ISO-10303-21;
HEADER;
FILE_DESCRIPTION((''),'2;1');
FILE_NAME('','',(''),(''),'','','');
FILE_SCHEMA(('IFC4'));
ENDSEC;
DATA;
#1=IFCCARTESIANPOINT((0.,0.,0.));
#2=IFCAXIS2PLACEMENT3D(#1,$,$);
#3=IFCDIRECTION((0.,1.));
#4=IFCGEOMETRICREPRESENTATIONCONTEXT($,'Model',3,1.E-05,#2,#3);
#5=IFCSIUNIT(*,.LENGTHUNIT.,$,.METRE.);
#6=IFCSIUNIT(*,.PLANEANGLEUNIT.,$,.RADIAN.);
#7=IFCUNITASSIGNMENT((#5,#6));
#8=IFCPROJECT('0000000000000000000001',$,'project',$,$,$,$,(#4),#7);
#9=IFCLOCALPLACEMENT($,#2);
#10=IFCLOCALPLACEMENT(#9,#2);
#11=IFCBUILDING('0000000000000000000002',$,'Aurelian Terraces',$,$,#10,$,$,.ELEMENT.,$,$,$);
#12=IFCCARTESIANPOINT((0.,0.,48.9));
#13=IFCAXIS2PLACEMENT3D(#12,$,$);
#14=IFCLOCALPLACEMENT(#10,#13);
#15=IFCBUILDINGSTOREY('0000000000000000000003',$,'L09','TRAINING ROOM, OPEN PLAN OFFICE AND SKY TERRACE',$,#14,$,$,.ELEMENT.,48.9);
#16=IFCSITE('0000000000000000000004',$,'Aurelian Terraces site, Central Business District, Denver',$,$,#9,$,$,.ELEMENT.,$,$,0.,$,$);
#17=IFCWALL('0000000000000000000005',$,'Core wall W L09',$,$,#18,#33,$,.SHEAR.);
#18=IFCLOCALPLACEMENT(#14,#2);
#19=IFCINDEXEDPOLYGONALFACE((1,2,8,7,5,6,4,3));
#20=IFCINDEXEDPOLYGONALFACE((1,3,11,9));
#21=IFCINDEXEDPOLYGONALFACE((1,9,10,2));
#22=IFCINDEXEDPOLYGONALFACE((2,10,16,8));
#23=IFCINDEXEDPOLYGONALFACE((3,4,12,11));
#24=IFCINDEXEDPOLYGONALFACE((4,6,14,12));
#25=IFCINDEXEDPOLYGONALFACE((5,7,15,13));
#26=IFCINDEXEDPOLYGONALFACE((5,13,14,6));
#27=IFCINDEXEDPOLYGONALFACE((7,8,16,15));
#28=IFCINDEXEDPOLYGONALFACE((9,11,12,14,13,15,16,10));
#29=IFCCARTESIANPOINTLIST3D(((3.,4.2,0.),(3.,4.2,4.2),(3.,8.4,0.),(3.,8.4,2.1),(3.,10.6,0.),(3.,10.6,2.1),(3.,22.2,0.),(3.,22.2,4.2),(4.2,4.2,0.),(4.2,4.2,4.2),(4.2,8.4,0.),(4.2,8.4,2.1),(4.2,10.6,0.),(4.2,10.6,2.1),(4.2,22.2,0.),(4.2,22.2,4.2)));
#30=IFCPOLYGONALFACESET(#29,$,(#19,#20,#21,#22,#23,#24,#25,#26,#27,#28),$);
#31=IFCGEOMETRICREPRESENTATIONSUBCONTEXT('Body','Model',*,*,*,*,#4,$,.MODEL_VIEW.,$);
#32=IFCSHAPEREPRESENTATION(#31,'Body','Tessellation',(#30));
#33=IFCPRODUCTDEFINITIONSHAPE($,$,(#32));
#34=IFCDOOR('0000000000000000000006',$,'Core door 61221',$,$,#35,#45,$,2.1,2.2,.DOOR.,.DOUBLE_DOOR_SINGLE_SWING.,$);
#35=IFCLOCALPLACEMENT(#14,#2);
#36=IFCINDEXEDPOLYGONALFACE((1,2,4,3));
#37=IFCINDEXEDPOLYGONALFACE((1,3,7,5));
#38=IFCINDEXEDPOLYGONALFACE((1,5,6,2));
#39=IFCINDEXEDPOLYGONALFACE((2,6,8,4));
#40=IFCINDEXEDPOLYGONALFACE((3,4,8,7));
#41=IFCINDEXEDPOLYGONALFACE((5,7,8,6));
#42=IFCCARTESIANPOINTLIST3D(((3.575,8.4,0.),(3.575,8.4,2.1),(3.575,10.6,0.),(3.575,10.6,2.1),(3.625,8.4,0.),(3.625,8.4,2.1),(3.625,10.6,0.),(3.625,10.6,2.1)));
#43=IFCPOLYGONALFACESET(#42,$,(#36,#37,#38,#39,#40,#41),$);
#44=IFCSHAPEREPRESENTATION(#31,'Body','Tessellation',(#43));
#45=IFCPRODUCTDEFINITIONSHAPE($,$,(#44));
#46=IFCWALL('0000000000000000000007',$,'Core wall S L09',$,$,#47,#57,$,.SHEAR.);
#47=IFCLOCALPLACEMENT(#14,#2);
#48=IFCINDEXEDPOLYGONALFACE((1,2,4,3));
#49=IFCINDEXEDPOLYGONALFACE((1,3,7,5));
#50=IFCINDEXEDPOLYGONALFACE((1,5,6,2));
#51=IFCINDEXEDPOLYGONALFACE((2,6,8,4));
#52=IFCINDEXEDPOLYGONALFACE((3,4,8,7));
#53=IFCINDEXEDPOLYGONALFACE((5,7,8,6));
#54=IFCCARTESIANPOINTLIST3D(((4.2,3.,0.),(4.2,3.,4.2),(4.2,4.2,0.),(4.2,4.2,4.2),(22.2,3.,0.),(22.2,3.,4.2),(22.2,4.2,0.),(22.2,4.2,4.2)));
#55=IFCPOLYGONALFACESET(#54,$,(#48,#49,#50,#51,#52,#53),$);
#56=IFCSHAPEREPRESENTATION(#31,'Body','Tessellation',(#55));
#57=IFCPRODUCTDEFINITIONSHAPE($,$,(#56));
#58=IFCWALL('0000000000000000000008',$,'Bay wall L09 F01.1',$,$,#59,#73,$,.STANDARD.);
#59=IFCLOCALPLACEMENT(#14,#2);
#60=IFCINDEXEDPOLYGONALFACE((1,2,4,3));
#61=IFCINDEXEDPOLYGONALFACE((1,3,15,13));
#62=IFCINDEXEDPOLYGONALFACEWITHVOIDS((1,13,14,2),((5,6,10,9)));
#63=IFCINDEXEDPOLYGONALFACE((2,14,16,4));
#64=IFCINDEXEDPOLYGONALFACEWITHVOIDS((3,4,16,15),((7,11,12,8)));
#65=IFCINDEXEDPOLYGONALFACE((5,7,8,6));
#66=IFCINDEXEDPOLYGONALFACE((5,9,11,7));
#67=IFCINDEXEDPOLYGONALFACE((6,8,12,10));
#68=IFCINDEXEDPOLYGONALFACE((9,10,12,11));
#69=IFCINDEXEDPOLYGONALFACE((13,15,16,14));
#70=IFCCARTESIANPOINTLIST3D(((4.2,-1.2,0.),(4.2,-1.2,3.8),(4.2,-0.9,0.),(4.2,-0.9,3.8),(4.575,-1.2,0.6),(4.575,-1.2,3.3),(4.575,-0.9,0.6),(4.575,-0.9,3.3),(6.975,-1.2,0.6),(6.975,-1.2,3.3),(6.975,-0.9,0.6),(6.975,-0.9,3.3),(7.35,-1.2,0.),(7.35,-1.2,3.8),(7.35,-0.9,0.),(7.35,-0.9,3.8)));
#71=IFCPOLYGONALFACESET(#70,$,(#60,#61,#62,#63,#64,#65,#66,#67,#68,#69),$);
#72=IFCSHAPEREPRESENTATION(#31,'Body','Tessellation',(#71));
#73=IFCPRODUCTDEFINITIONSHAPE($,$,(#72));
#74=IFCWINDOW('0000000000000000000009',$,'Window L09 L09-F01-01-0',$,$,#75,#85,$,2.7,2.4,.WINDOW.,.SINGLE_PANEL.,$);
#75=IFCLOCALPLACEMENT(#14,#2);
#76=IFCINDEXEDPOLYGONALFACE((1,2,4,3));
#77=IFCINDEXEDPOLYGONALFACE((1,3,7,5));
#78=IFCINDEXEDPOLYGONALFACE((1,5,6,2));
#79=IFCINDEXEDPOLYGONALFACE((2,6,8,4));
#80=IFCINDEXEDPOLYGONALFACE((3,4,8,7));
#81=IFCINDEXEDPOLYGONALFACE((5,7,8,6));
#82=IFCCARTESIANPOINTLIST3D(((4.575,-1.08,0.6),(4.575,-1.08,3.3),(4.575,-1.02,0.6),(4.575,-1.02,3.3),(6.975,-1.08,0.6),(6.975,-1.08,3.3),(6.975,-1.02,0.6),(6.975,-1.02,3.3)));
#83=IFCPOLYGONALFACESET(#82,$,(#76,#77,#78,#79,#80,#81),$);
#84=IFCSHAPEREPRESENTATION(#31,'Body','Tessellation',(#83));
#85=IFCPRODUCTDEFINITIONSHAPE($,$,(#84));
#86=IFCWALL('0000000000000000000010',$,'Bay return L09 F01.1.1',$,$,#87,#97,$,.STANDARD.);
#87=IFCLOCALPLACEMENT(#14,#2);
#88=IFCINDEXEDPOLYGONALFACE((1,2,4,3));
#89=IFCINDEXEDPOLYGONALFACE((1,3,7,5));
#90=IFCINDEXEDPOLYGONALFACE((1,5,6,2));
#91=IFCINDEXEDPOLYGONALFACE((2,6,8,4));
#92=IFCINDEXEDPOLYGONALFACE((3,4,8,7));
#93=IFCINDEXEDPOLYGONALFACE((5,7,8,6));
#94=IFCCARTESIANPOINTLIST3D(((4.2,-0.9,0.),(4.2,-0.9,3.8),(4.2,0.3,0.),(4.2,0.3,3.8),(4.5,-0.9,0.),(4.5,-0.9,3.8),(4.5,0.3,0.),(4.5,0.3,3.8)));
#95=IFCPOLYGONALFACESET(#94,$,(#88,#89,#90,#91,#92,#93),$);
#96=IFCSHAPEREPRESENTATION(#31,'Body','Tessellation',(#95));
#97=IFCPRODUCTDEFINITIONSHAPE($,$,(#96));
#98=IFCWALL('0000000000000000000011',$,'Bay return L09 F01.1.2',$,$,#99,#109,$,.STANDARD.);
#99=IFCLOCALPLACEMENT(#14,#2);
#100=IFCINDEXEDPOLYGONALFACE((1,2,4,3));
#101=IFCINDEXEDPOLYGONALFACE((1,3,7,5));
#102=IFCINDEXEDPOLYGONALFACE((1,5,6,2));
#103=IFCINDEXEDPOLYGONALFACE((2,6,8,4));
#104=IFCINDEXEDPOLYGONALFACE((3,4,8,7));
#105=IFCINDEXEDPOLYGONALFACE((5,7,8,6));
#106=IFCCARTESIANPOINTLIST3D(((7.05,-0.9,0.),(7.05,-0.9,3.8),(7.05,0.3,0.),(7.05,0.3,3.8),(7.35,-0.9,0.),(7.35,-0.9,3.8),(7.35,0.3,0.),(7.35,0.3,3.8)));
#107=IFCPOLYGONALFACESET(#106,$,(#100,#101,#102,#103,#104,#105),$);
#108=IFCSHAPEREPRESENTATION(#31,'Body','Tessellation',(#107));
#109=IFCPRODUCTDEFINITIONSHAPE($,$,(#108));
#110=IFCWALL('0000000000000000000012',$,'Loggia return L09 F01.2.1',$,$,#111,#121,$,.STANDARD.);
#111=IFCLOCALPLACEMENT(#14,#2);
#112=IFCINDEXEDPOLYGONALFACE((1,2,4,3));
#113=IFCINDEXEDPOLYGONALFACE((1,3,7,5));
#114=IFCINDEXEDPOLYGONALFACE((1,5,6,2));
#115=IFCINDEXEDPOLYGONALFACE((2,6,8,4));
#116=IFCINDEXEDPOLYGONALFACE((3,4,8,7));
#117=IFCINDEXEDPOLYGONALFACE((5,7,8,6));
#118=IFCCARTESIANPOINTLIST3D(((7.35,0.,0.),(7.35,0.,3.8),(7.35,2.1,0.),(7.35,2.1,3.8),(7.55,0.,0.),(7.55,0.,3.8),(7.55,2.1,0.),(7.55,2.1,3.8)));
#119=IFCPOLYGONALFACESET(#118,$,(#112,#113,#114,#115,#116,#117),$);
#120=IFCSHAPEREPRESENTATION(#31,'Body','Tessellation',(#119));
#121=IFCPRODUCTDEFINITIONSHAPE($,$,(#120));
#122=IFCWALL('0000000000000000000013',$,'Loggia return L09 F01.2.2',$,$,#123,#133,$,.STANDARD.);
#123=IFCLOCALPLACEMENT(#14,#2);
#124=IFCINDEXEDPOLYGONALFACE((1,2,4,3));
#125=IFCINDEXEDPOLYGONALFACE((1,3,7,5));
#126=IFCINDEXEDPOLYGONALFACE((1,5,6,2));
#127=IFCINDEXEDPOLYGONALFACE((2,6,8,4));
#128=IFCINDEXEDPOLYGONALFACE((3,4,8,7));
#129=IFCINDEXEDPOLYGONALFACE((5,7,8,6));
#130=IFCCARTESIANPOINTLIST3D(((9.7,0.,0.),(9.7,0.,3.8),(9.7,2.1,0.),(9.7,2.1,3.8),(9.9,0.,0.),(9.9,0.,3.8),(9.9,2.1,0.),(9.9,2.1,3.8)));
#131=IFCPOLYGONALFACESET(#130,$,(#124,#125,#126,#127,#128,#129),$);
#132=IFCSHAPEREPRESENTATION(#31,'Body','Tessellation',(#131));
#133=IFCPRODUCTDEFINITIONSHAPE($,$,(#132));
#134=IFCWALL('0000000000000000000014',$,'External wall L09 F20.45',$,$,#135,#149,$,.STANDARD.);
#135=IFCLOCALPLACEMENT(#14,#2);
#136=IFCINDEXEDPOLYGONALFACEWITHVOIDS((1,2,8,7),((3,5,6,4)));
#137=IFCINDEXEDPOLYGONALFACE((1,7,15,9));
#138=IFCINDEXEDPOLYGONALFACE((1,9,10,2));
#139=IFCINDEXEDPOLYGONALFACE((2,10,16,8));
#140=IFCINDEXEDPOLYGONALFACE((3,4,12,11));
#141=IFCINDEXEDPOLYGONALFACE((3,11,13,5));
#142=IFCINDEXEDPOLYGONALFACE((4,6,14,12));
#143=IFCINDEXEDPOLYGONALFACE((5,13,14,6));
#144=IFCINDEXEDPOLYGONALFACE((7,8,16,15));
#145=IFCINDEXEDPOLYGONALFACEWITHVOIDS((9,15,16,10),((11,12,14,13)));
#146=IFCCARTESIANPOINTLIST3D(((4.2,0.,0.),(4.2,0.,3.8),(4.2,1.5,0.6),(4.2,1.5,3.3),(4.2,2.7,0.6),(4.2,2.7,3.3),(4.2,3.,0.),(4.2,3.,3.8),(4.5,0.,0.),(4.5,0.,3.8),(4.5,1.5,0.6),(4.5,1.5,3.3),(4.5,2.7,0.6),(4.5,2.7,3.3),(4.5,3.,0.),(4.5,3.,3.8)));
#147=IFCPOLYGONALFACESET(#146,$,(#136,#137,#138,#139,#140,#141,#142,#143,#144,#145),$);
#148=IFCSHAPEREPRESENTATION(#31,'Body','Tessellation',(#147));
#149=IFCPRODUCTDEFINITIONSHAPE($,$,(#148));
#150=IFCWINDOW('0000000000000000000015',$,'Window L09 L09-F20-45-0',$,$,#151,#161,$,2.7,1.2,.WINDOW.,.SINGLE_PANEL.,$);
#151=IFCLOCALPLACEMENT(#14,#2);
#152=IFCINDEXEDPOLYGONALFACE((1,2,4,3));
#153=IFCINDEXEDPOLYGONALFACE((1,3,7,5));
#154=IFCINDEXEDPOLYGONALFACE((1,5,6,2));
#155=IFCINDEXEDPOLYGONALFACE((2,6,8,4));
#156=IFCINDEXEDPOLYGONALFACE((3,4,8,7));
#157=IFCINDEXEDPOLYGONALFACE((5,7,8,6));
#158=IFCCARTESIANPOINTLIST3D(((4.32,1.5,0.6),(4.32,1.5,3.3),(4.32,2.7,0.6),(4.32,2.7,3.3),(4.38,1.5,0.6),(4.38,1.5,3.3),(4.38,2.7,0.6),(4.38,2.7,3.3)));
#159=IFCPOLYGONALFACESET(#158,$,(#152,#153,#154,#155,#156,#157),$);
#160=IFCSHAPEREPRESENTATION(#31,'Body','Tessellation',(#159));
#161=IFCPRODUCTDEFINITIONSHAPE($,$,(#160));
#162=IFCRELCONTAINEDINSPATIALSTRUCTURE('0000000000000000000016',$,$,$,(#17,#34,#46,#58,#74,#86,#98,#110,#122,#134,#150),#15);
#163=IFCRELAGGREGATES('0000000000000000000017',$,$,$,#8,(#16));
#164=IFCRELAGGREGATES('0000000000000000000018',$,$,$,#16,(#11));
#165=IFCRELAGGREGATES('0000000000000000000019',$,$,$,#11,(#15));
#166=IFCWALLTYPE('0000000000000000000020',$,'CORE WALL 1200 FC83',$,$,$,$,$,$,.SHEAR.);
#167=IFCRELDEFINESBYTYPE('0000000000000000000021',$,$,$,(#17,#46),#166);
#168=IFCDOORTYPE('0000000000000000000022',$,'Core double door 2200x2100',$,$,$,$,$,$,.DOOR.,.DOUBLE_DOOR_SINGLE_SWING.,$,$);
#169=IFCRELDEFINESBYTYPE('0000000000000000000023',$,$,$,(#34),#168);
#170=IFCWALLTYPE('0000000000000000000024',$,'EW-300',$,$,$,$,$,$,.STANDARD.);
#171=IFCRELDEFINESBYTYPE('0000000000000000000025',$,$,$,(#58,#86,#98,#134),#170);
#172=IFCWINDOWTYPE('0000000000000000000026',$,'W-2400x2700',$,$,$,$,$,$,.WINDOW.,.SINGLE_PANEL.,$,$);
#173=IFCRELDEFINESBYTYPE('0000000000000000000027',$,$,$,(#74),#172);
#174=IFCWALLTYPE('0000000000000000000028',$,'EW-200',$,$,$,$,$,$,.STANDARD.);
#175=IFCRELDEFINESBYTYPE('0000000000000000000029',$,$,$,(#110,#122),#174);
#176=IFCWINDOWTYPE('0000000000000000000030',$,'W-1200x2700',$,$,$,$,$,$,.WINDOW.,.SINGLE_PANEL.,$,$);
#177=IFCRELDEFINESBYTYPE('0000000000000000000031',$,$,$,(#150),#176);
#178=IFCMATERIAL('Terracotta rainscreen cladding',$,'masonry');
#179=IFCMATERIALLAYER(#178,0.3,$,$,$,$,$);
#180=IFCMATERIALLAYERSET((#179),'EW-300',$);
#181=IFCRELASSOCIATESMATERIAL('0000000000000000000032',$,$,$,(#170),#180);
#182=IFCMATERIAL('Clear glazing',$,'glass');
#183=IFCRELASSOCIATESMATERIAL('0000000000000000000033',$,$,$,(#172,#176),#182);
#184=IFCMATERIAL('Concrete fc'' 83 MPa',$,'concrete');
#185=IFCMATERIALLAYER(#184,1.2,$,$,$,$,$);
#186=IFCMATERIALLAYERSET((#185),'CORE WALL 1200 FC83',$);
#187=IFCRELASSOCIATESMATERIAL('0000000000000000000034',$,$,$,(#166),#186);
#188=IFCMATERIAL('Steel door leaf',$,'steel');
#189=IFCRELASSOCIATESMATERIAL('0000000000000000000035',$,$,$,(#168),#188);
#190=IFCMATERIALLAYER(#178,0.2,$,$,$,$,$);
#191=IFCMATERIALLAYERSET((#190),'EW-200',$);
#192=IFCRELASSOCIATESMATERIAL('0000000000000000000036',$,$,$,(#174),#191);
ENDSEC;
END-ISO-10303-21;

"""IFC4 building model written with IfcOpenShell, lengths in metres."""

from ifc_helpers import new_model, si_unit, direction, frame, frame_2d, origin, place, context, subcontext, project, spatial, rectangle, extrude, source, transform, mapped, material, layer, layer_set, type_object, element, fill, save


model = new_model("IFC4")

# Units and contexts
model_context = context("Model", 3, precision=1e-05, world=origin(), true_north=direction((0.0, 1.0)))
body_context = subcontext(model_context, "Body", "Model", "MODEL_VIEW")
ifc_project = project(units=[si_unit("LENGTHUNIT", "METRE"), si_unit("PLANEANGLEUNIT", "RADIAN")], contexts=[model_context])

# Site, building, storey
site_placement = place(None, origin())
site = spatial("IfcSite", under=ifc_project, at=site_placement, Name="Aurelian Terraces site, Central Business District, Denver", CompositionType="ELEMENT", RefElevation=0.0)
building_placement = place(site_placement, origin())
building = spatial("IfcBuilding", under=site, at=building_placement, Name="Aurelian Terraces", CompositionType="ELEMENT")
storey_placement = place(building_placement, frame((0.0, 0.0, 48.9)))
storey = spatial("IfcBuildingStorey", under=building, at=storey_placement, Name="L09", Description="TRAINING ROOM, OPEN PLAN OFFICE AND SKY TERRACE", CompositionType="ELEMENT", Elevation=48.9)

# Shared definitions
ifc_material_1 = material(Name="Concrete fc' 83 MPa", Category="concrete")

# Shared definitions
ifc_material_2 = material(Name="Terracotta rainscreen cladding", Category="masonry")
ifc_layer_1 = layer(ifc_material_2, 0.3)
ifc_layer_set_1 = layer_set([ifc_layer_1], Name="EW-300")
wall_type_1 = type_object("IfcWallType", Name="EW-300", PredefinedType="STANDARD", material=ifc_layer_set_1)
shared_shape_1 = source(origin(), body_context, "Body", "SweptSolid", [
    extrude(rectangle(XDim=2.4, YDim=2.7, at=frame_2d((1.2, 1.35))), frame((0.0, 0.16, 0.0), z_axis=(0.0, -1.0, 0.0), x_axis=(1.0, 0.0, 0.0)), (0.0, 0.0, 1.0), 0.32),
])
ifc_material_3 = material(Name="Clear glazing", Category="glass")
window_type_1 = type_object("IfcWindowType", Name="W-2400x2700", PartitioningType="SINGLE_PANEL", PredefinedType="WINDOW", material=ifc_material_3)
shared_shape_2 = source(origin(), body_context, "Body", "SweptSolid", [
    extrude(rectangle(XDim=2.4, YDim=2.7, at=frame_2d((1.2, 1.35))), frame((0.0, 0.03, 0.0), z_axis=(0.0, -1.0, 0.0), x_axis=(1.0, 0.0, 0.0)), (0.0, 0.0, 1.0), 0.06),
])

# Wall, opening, door
ifc_layer_2 = layer(ifc_material_1, 1.2)
ifc_layer_set_2 = layer_set([ifc_layer_2], Name="CORE WALL 1200 FC83")
wall_type_2 = type_object("IfcWallType", Name="CORE WALL 1200 FC83", PredefinedType="SHEAR", material=ifc_layer_set_2)
shared_shape_3 = source(origin(), body_context, "Body", "SweptSolid", [
    extrude(rectangle(XDim=18.0, YDim=1.2, at=frame_2d((9.0, 0.0))), origin(), (0.0, 0.0, 1.0), 4.2),
])
wall_1_placement = place(storey_placement, frame((3.6, 4.2, 0.0), z_axis=(0.0, 0.0, 1.0), x_axis=(0.0, 1.0, 0.0)))
wall_1 = element("IfcWall", 1, at=wall_1_placement, inside=storey, type_object=wall_type_2, Name="Core wall W L09", PredefinedType="SHEAR", context=body_context, shape_type="MappedRepresentation", body=[
    mapped(shared_shape_3, transform((0.0, 0.0, 0.0), scale=1.0)),
])
shared_shape_4 = source(origin(), body_context, "Body", "SweptSolid", [
    extrude(rectangle(XDim=2.2, YDim=2.1, at=frame_2d((1.1, 1.05))), frame((0.0, 0.61, 0.0), z_axis=(0.0, -1.0, 0.0), x_axis=(1.0, 0.0, 0.0)), (0.0, 0.0, 1.0), 1.22),
])
opening_1_placement = place(wall_1_placement, frame((4.2, 0.0, 0.0)))
opening_1 = element("IfcOpeningElement", 2, at=opening_1_placement, cuts=wall_1, PredefinedType="OPENING", context=body_context, shape_type="MappedRepresentation", body=[
    mapped(shared_shape_4, transform((0.0, 0.0, 0.0), scale=1.0)),
])
ifc_material_4 = material(Name="Steel door leaf", Category="steel")
door_type_1 = type_object("IfcDoorType", Name="Core double door 2200x2100", OperationType="DOUBLE_DOOR_SINGLE_SWING", PredefinedType="DOOR", material=ifc_material_4)
shared_shape_5 = source(origin(), body_context, "Body", "SweptSolid", [
    extrude(rectangle(XDim=2.2, YDim=2.1, at=frame_2d((1.1, 1.05))), frame((0.0, 0.025, 0.0), z_axis=(0.0, -1.0, 0.0), x_axis=(1.0, 0.0, 0.0)), (0.0, 0.0, 1.0), 0.05),
])
door_1_placement = place(opening_1_placement, origin())
door_1 = element("IfcDoor", 3, at=door_1_placement, inside=storey, type_object=door_type_1, Name="Core door 61221", OperationType="DOUBLE_DOOR_SINGLE_SWING", OverallHeight=2.1, OverallWidth=2.2, PredefinedType="DOOR", context=body_context, shape_type="MappedRepresentation", body=[
    mapped(shared_shape_5, transform((0.0, 0.0, 0.0), scale=1.0)),
])
fill(opening_1, door_1)

# Wall
wall_2_placement = place(storey_placement, frame((4.2, 3.6, 0.0), z_axis=(0.0, 0.0, 1.0), x_axis=(1.0, 0.0, 0.0)))
element("IfcWall", 4, at=wall_2_placement, inside=storey, type_object=wall_type_2, Name="Core wall S L09", PredefinedType="SHEAR", context=body_context, shape_type="MappedRepresentation", body=[
    mapped(shared_shape_3, transform((0.0, 0.0, 0.0), scale=1.0)),
])

# Wall, opening, window
shared_shape_6 = source(origin(), body_context, "Body", "SweptSolid", [
    extrude(rectangle(XDim=3.15, YDim=0.3, at=frame_2d((1.575, 0.0))), origin(), (0.0, 0.0, 1.0), 3.8),
])
wall_3_placement = place(storey_placement, frame((4.2, -1.05, 0.0), z_axis=(0.0, 0.0, 1.0), x_axis=(1.0, 0.0, 0.0)))
wall_3 = element("IfcWall", 5, at=wall_3_placement, inside=storey, type_object=wall_type_1, Name="Bay wall L09 F01.1", PredefinedType="STANDARD", context=body_context, shape_type="MappedRepresentation", body=[
    mapped(shared_shape_6, transform((0.0, 0.0, 0.0), scale=1.0)),
])
opening_2_placement = place(wall_3_placement, frame((0.375, 0.0, 0.6)))
opening_2 = element("IfcOpeningElement", 6, at=opening_2_placement, cuts=wall_3, PredefinedType="OPENING", context=body_context, shape_type="MappedRepresentation", body=[
    mapped(shared_shape_1, transform((0.0, 0.0, 0.0), scale=1.0)),
])
window_1_placement = place(opening_2_placement, origin())
window_1 = element("IfcWindow", 7, at=window_1_placement, inside=storey, type_object=window_type_1, Name="Window L09 L09-F01-01-0", OverallHeight=2.7, OverallWidth=2.4, PartitioningType="SINGLE_PANEL", PredefinedType="WINDOW", context=body_context, shape_type="MappedRepresentation", body=[
    mapped(shared_shape_2, transform((0.0, 0.0, 0.0), scale=1.0)),
])
fill(opening_2, window_1)

# Walls
shared_shape_7 = source(origin(), body_context, "Body", "SweptSolid", [
    extrude(rectangle(XDim=1.2, YDim=0.3, at=frame_2d((0.6, 0.0))), origin(), (0.0, 0.0, 1.0), 3.8),
])
for number, where, z_axis, x_axis, name in (
    (8, (4.35, 0.3, 0.0), (0.0, 0.0, 1.0), (0.0, -1.0, 0.0), "Bay return L09 F01.1.1"),
    (9, (7.2, 0.3, 0.0), (0.0, 0.0, 1.0), (0.0, -1.0, 0.0), "Bay return L09 F01.1.2"),
):
    element("IfcWall", number, at=place(storey_placement, frame(where, z_axis=z_axis, x_axis=x_axis)), inside=storey, type_object=wall_type_1, Name=name, PredefinedType="STANDARD", context=body_context, shape_type="MappedRepresentation", body=[
        mapped(shared_shape_7, transform((0.0, 0.0, 0.0), scale=1.0)),
    ])
ifc_layer_3 = layer(ifc_material_2, 0.2)
ifc_layer_set_3 = layer_set([ifc_layer_3], Name="EW-200")
wall_type_3 = type_object("IfcWallType", Name="EW-200", PredefinedType="STANDARD", material=ifc_layer_set_3)
shared_shape_8 = source(origin(), body_context, "Body", "SweptSolid", [
    extrude(rectangle(XDim=2.1, YDim=0.2, at=frame_2d((1.05, 0.0))), origin(), (0.0, 0.0, 1.0), 3.8),
])
for number, where, z_axis, x_axis, name in (
    (10, (7.45, 0.0, 0.0), (0.0, 0.0, 1.0), (0.0, 1.0, 0.0), "Loggia return L09 F01.2.1"),
    (11, (9.8, 0.0, 0.0), (0.0, 0.0, 1.0), (0.0, 1.0, 0.0), "Loggia return L09 F01.2.2"),
):
    element("IfcWall", number, at=place(storey_placement, frame(where, z_axis=z_axis, x_axis=x_axis)), inside=storey, type_object=wall_type_3, Name=name, PredefinedType="STANDARD", context=body_context, shape_type="MappedRepresentation", body=[
        mapped(shared_shape_8, transform((0.0, 0.0, 0.0), scale=1.0)),
    ])

# Wall, opening, window
shared_shape_9 = source(origin(), body_context, "Body", "SweptSolid", [
    extrude(rectangle(XDim=3.0, YDim=0.3, at=frame_2d((1.5, 0.0))), origin(), (0.0, 0.0, 1.0), 3.8),
])
wall_4_placement = place(storey_placement, frame((4.35, 3.0, 0.0), z_axis=(0.0, 0.0, 1.0), x_axis=(0.0, -1.0, 0.0)))
wall_4 = element("IfcWall", 12, at=wall_4_placement, inside=storey, type_object=wall_type_1, Name="External wall L09 F20.45", PredefinedType="STANDARD", context=body_context, shape_type="MappedRepresentation", body=[
    mapped(shared_shape_9, transform((0.0, 0.0, 0.0), scale=1.0)),
])
shared_shape_10 = source(origin(), body_context, "Body", "SweptSolid", [
    extrude(rectangle(XDim=1.2, YDim=2.7, at=frame_2d((0.6, 1.35))), frame((0.0, 0.16, 0.0), z_axis=(0.0, -1.0, 0.0), x_axis=(1.0, 0.0, 0.0)), (0.0, 0.0, 1.0), 0.32),
])
opening_3_placement = place(wall_4_placement, frame((0.3, 0.0, 0.6)))
opening_3 = element("IfcOpeningElement", 13, at=opening_3_placement, cuts=wall_4, PredefinedType="OPENING", context=body_context, shape_type="MappedRepresentation", body=[
    mapped(shared_shape_10, transform((0.0, 0.0, 0.0), scale=1.0)),
])
window_type_2 = type_object("IfcWindowType", Name="W-1200x2700", PartitioningType="SINGLE_PANEL", PredefinedType="WINDOW", material=ifc_material_3)
shared_shape_11 = source(origin(), body_context, "Body", "SweptSolid", [
    extrude(rectangle(XDim=1.2, YDim=2.7, at=frame_2d((0.6, 1.35))), frame((0.0, 0.03, 0.0), z_axis=(0.0, -1.0, 0.0), x_axis=(1.0, 0.0, 0.0)), (0.0, 0.0, 1.0), 0.06),
])
window_2_placement = place(opening_3_placement, origin())
window_2 = element("IfcWindow", 14, at=window_2_placement, inside=storey, type_object=window_type_2, Name="Window L09 L09-F20-45-0", OverallHeight=2.7, OverallWidth=1.2, PartitioningType="SINGLE_PANEL", PredefinedType="WINDOW", context=body_context, shape_type="MappedRepresentation", body=[
    mapped(shared_shape_11, transform((0.0, 0.0, 0.0), scale=1.0)),
])
fill(opening_3, window_2)

save(model, "model.ifc")
